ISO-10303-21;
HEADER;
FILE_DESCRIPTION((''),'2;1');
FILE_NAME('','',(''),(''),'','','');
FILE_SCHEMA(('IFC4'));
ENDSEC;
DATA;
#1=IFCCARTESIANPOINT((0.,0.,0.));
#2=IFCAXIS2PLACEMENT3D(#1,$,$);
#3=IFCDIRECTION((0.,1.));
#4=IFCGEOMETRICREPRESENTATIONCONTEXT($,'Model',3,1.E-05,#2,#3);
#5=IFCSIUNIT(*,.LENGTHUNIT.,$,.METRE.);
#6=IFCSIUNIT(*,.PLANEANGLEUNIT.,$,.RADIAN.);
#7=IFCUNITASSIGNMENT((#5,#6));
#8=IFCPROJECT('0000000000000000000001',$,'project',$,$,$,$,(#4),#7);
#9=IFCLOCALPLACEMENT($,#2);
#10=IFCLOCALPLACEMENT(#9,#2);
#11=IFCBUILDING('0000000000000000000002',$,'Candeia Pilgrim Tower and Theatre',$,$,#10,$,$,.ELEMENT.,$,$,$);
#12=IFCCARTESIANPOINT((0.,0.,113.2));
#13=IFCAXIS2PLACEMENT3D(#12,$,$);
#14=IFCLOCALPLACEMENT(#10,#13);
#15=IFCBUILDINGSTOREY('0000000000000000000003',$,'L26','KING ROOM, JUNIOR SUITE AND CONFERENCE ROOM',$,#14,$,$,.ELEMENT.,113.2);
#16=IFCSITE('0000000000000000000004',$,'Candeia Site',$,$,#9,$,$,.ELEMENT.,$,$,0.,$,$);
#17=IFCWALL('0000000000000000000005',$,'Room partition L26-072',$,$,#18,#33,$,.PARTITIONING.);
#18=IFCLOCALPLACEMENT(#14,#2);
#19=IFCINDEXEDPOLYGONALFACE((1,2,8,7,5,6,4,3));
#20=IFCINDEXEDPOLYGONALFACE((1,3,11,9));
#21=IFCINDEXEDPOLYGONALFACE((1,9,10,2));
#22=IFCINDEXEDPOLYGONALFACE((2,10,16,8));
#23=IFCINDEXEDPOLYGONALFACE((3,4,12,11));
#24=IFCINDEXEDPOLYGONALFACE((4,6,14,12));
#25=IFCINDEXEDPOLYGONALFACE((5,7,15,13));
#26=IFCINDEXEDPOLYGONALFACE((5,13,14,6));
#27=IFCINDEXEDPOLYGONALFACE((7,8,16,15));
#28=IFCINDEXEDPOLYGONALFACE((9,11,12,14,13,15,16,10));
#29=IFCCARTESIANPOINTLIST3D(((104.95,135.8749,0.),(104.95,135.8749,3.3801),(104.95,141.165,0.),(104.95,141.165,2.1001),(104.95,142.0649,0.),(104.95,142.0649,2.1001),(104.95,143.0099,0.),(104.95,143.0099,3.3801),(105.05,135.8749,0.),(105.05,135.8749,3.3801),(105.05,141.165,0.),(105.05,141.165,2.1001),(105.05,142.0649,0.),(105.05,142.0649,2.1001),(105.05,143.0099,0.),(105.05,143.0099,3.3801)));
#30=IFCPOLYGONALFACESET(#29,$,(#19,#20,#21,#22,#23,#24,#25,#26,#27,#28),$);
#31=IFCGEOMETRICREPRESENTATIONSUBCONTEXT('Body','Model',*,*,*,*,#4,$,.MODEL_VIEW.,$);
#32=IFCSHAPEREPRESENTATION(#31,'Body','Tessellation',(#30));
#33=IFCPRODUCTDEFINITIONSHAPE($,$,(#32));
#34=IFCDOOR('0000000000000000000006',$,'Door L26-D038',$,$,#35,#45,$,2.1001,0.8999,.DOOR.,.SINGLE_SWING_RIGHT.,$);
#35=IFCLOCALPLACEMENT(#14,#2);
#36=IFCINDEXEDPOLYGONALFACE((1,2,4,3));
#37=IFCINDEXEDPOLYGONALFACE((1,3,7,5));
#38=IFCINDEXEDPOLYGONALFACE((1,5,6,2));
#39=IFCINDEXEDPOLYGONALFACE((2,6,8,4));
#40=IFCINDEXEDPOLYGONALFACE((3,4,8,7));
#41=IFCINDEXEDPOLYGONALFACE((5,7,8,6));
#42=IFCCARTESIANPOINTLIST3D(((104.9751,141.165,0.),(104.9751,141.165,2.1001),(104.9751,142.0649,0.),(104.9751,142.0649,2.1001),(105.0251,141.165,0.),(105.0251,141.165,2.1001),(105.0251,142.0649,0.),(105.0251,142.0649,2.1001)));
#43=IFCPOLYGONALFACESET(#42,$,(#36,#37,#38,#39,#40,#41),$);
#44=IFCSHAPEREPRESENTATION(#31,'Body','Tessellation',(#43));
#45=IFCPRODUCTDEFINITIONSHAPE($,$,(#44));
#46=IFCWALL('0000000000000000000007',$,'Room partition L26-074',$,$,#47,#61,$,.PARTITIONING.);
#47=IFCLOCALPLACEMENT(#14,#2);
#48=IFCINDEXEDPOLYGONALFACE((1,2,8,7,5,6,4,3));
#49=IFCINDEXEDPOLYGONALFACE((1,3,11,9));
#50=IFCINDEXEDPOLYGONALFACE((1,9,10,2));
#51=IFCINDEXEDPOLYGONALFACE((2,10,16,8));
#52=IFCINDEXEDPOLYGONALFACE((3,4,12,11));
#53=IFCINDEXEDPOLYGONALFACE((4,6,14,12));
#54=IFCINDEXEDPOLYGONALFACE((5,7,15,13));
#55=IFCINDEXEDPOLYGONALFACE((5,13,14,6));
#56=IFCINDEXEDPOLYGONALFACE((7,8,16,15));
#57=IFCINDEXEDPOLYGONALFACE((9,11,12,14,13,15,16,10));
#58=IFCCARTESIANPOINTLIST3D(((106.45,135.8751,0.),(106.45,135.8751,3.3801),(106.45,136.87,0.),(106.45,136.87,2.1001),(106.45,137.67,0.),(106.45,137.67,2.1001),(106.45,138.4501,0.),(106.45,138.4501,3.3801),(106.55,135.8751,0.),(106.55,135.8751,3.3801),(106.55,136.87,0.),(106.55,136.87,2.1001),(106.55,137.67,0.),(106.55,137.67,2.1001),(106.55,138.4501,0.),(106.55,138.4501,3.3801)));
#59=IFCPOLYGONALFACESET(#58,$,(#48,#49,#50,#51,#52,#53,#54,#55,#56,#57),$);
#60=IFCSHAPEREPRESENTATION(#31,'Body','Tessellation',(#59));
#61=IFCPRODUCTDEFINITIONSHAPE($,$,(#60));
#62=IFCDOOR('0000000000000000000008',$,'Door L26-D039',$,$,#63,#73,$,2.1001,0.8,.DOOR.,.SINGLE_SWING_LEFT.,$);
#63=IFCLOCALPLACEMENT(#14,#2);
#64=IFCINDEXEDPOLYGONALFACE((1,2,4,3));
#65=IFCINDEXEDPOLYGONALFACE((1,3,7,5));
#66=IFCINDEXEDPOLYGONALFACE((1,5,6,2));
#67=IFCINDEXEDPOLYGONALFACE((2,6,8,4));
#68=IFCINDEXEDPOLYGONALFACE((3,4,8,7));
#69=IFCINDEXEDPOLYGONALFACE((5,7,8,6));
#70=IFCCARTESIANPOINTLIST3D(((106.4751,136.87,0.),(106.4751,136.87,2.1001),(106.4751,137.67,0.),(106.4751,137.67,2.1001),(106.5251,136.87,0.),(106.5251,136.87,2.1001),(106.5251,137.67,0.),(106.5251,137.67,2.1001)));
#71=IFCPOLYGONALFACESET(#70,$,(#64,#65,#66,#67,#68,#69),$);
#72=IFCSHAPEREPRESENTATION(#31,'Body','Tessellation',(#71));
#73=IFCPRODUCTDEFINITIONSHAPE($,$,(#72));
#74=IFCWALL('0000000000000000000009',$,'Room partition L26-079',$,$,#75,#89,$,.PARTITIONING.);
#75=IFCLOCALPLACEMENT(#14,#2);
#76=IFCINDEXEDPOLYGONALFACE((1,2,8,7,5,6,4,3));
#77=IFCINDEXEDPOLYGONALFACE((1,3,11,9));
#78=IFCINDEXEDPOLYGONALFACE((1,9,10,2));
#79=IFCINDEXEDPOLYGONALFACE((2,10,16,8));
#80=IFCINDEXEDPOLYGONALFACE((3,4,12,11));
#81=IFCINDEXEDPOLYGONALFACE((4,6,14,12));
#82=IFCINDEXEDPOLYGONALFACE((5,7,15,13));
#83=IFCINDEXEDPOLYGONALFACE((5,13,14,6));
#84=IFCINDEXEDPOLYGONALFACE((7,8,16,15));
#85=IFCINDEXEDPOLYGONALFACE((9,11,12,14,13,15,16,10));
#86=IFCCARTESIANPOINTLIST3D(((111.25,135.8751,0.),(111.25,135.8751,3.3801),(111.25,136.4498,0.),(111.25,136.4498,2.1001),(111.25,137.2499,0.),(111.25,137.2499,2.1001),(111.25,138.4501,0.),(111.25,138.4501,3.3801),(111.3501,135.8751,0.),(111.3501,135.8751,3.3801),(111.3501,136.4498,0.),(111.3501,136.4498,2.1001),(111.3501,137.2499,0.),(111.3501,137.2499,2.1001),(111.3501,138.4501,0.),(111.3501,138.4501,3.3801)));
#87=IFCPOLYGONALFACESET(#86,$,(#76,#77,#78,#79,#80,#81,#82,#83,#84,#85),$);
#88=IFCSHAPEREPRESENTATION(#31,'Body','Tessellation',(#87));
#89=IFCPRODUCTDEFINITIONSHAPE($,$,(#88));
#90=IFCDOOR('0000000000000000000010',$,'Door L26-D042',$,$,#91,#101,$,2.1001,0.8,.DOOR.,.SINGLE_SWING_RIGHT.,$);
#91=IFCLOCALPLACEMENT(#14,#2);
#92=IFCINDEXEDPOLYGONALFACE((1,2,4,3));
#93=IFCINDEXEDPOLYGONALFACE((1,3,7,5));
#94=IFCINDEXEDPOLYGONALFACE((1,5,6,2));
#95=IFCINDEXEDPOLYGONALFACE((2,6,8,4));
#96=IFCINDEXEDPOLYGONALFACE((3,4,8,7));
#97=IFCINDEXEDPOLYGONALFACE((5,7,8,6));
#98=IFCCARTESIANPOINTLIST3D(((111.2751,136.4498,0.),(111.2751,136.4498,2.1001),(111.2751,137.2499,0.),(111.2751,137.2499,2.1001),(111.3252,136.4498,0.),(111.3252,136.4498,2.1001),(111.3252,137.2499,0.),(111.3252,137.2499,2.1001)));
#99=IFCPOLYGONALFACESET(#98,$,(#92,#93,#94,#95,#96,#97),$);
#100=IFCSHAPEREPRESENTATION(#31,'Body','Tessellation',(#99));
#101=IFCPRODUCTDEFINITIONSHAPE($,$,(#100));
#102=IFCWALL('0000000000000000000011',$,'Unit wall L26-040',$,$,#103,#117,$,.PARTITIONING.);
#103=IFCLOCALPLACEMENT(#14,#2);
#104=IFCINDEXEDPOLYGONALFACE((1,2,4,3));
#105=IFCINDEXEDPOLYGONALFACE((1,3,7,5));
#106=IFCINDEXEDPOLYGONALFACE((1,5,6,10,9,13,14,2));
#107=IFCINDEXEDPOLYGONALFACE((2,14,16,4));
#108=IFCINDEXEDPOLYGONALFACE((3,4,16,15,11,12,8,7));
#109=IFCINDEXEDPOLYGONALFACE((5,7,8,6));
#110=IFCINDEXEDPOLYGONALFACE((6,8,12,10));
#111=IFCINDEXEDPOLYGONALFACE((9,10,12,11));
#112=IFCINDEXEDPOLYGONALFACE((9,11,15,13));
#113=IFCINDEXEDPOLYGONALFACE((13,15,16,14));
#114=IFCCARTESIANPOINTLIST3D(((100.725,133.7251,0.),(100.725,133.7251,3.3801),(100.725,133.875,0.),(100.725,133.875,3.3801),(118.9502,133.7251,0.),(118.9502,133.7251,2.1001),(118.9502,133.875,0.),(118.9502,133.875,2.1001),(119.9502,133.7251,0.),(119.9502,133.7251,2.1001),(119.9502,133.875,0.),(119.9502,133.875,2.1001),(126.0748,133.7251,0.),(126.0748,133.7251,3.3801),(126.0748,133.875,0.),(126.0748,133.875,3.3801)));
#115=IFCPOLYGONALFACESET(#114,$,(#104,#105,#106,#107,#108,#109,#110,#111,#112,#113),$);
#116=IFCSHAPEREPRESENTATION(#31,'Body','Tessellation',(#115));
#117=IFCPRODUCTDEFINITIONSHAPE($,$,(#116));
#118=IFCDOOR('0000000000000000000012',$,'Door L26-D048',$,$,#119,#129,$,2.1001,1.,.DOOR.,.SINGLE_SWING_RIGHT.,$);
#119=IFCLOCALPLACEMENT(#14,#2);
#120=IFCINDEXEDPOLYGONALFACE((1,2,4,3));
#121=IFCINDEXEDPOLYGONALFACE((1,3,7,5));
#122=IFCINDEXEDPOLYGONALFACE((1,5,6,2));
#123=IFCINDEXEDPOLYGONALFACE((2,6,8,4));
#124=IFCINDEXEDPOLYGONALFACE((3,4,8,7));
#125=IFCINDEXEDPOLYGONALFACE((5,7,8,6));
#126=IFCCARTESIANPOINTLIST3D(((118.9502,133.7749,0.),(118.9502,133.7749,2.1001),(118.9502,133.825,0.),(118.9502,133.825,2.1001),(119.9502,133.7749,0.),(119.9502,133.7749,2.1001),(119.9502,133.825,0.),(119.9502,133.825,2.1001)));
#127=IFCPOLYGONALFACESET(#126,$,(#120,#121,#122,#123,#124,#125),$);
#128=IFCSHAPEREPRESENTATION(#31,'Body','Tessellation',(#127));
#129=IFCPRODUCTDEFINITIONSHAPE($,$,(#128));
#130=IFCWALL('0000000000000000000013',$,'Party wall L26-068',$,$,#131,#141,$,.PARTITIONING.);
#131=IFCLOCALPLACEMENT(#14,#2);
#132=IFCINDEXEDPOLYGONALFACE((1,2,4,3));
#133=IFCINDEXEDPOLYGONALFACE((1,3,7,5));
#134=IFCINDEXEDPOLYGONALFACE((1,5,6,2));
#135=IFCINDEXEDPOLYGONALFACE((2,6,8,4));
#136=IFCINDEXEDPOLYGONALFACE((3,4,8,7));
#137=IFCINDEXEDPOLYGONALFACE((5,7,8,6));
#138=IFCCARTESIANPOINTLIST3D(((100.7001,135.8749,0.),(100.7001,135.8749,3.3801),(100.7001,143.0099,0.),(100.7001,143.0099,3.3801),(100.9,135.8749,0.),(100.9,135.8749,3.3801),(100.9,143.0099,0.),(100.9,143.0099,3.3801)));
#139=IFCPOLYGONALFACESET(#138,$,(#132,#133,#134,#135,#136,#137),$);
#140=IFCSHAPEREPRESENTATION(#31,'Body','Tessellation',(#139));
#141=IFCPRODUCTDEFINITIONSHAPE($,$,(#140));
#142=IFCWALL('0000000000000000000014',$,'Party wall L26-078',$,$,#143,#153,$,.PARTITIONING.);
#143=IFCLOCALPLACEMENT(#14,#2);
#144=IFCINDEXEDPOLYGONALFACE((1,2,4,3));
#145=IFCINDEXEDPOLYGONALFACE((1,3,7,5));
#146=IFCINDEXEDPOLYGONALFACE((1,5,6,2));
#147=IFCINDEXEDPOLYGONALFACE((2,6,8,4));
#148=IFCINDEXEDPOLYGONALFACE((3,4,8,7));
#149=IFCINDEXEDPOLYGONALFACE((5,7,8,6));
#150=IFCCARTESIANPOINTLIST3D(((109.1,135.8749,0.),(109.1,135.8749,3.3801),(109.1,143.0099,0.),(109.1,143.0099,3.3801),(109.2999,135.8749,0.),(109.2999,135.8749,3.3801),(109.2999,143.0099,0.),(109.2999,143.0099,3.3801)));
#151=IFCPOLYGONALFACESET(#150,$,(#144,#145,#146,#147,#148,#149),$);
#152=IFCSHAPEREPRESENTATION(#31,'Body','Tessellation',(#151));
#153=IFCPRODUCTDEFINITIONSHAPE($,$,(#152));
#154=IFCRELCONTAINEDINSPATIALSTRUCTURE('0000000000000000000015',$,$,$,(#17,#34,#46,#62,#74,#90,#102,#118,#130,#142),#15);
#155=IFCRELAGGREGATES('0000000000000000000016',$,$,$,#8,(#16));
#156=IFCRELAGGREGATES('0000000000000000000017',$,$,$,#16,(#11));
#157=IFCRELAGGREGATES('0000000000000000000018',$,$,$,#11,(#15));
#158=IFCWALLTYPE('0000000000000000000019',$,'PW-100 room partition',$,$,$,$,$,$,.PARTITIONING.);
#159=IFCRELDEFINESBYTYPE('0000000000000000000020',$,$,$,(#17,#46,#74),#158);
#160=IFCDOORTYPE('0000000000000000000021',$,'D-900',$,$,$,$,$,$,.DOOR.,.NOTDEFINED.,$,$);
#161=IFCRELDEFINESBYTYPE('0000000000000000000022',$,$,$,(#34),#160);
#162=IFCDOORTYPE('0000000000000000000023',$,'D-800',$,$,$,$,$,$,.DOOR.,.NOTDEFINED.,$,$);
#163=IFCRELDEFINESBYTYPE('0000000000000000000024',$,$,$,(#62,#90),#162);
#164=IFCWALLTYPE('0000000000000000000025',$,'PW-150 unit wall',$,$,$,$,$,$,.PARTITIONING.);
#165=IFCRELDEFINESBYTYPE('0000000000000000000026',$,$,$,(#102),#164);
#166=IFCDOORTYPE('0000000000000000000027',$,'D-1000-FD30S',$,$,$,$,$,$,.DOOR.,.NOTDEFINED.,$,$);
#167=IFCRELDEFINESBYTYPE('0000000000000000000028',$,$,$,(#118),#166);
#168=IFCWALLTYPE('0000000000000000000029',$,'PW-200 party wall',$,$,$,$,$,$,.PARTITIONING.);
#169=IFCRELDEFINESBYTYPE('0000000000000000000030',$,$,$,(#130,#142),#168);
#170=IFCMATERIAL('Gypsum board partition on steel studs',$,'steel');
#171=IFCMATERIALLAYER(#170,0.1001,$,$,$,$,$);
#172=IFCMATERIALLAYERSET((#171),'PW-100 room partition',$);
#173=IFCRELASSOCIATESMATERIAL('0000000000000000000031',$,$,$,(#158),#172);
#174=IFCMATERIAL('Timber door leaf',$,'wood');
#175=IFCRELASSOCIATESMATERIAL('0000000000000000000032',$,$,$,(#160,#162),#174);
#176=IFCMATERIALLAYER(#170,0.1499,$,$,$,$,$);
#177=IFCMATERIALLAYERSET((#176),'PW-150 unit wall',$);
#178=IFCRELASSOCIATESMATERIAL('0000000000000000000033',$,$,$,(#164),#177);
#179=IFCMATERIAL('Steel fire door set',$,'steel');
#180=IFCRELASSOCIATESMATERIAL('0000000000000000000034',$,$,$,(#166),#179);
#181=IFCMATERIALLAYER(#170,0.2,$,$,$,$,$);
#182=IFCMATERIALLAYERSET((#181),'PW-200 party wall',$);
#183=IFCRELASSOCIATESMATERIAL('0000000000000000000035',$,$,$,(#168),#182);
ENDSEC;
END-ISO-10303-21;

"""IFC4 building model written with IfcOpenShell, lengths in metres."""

from ifc_helpers import new_model, si_unit, direction, frame, frame_2d, origin, place, context, subcontext, project, spatial, rectangle, extrude, material, layer, layer_set, type_object, element, fill, save


model = new_model("IFC4")

# Units and contexts
model_context = context("Model", 3, precision=1e-05, world=origin(), true_north=direction((0.0, 1.0)))
body_context = subcontext(model_context, "Body", "Model", "MODEL_VIEW")
ifc_project = project(units=[si_unit("LENGTHUNIT", "METRE"), si_unit("PLANEANGLEUNIT", "RADIAN")], contexts=[model_context])

# Site, building, storey
site_placement = place(None, origin())
site = spatial("IfcSite", under=ifc_project, at=site_placement, Name="Candeia Site", CompositionType="ELEMENT", RefElevation=0.0)
building_placement = place(site_placement, origin())
building = spatial("IfcBuilding", under=site, at=building_placement, Name="Candeia Pilgrim Tower and Theatre", CompositionType="ELEMENT")
storey_placement = place(building_placement, frame((0.0, 0.0, 113.2)))
storey = spatial("IfcBuildingStorey", under=building, at=storey_placement, Name="L26", Description="KING ROOM, JUNIOR SUITE AND CONFERENCE ROOM", CompositionType="ELEMENT", Elevation=113.2)

# Shared definitions
ifc_material_1 = material(Name="Gypsum board partition on steel studs", Category="steel")
ifc_layer_1 = layer(ifc_material_1, 0.1001)
ifc_layer_set_1 = layer_set([ifc_layer_1], Name="PW-100 room partition")
wall_type_1 = type_object("IfcWallType", Name="PW-100 room partition", PredefinedType="PARTITIONING", material=ifc_layer_set_1)

# Walls, openings, doors
wall_1_placement = place(storey_placement, frame((105.0, 135.875, 0.0), z_axis=(0.0, 0.0, 1.0), x_axis=(0.0, 1.0, 0.0)))
wall_1 = element("IfcWall", 1, at=wall_1_placement, inside=storey, type_object=wall_type_1, Name="Room partition L26-072", PredefinedType="PARTITIONING", context=body_context, shape_type="SweptSolid", body=[
    extrude(rectangle(XDim=7.135, YDim=0.1001, at=frame_2d((3.5674, 0.0))), origin(), (0.0, 0.0, 1.0), 3.3801),
])
opening_1_placement = place(wall_1_placement, frame((5.29, 0.0, 0.0)))
opening_1 = element("IfcOpeningElement", 2, at=opening_1_placement, cuts=wall_1, PredefinedType="OPENING", context=body_context, shape_type="SweptSolid", body=[
    extrude(rectangle(XDim=0.8999, YDim=2.1001, at=frame_2d((0.45, 1.05))), frame((0.0, 0.0601, 0.0), z_axis=(0.0, -1.0, 0.0), x_axis=(1.0, 0.0, 0.0)), (0.0, 0.0, 1.0), 0.1201),
])
ifc_material_2 = material(Name="Timber door leaf", Category="wood")
door_type_1 = type_object("IfcDoorType", Name="D-900", OperationType="NOTDEFINED", PredefinedType="DOOR", material=ifc_material_2)
door_1_placement = place(opening_1_placement, origin())
door_1 = element("IfcDoor", 3, at=door_1_placement, inside=storey, type_object=door_type_1, Name="Door L26-D038", OperationType="SINGLE_SWING_RIGHT", OverallHeight=2.1001, OverallWidth=0.8999, PredefinedType="DOOR", context=body_context, shape_type="SweptSolid", body=[
    extrude(rectangle(XDim=0.8999, YDim=2.1001, at=frame_2d((0.45, 1.05))), frame((0.0, 0.0249, 0.0), z_axis=(0.0, -1.0, 0.0), x_axis=(1.0, 0.0, 0.0)), (0.0, 0.0, 1.0), 0.05),
])
fill(opening_1, door_1)
wall_2_placement = place(storey_placement, frame((106.5, 135.875, 0.0), z_axis=(0.0, 0.0, 1.0), x_axis=(0.0, 1.0, 0.0)))
wall_2 = element("IfcWall", 4, at=wall_2_placement, inside=storey, type_object=wall_type_1, Name="Room partition L26-074", PredefinedType="PARTITIONING", context=body_context, shape_type="SweptSolid", body=[
    extrude(rectangle(XDim=2.575, YDim=0.1001, at=frame_2d((1.2876, 0.0))), origin(), (0.0, 0.0, 1.0), 3.3801),
])
opening_2_placement = place(wall_2_placement, frame((0.9951, 0.0, 0.0)))
opening_2 = element("IfcOpeningElement", 5, at=opening_2_placement, cuts=wall_2, PredefinedType="OPENING", context=body_context, shape_type="SweptSolid", body=[
    extrude(rectangle(XDim=0.8, YDim=2.1001, at=frame_2d((0.3999, 1.05))), frame((0.0, 0.0601, 0.0), z_axis=(0.0, -1.0, 0.0), x_axis=(1.0, 0.0, 0.0)), (0.0, 0.0, 1.0), 0.1201),
])
door_type_2 = type_object("IfcDoorType", Name="D-800", OperationType="NOTDEFINED", PredefinedType="DOOR", material=ifc_material_2)
door_2_placement = place(opening_2_placement, origin())
door_2 = element("IfcDoor", 6, at=door_2_placement, inside=storey, type_object=door_type_2, Name="Door L26-D039", OperationType="SINGLE_SWING_LEFT", OverallHeight=2.1001, OverallWidth=0.8, PredefinedType="DOOR", context=body_context, shape_type="SweptSolid", body=[
    extrude(rectangle(XDim=0.8, YDim=2.1001, at=frame_2d((0.3999, 1.05))), frame((0.0, 0.0249, 0.0), z_axis=(0.0, -1.0, 0.0), x_axis=(1.0, 0.0, 0.0)), (0.0, 0.0, 1.0), 0.05),
])
fill(opening_2, door_2)
wall_3_placement = place(storey_placement, frame((111.3, 135.875, 0.0), z_axis=(0.0, 0.0, 1.0), x_axis=(0.0, 1.0, 0.0)))
wall_3 = element("IfcWall", 7, at=wall_3_placement, inside=storey, type_object=wall_type_1, Name="Room partition L26-079", PredefinedType="PARTITIONING", context=body_context, shape_type="SweptSolid", body=[
    extrude(rectangle(XDim=2.575, YDim=0.1001, at=frame_2d((1.2876, 0.0))), origin(), (0.0, 0.0, 1.0), 3.3801),
])
opening_3_placement = place(wall_3_placement, frame((0.575, 0.0, 0.0)))
opening_3 = element("IfcOpeningElement", 8, at=opening_3_placement, cuts=wall_3, PredefinedType="OPENING", context=body_context, shape_type="SweptSolid", body=[
    extrude(rectangle(XDim=0.8, YDim=2.1001, at=frame_2d((0.3999, 1.05))), frame((0.0, 0.0601, 0.0), z_axis=(0.0, -1.0, 0.0), x_axis=(1.0, 0.0, 0.0)), (0.0, 0.0, 1.0), 0.1201),
])
door_3_placement = place(opening_3_placement, origin())
door_3 = element("IfcDoor", 9, at=door_3_placement, inside=storey, type_object=door_type_2, Name="Door L26-D042", OperationType="SINGLE_SWING_RIGHT", OverallHeight=2.1001, OverallWidth=0.8, PredefinedType="DOOR", context=body_context, shape_type="SweptSolid", body=[
    extrude(rectangle(XDim=0.8, YDim=2.1001, at=frame_2d((0.3999, 1.05))), frame((0.0, 0.0249, 0.0), z_axis=(0.0, -1.0, 0.0), x_axis=(1.0, 0.0, 0.0)), (0.0, 0.0, 1.0), 0.05),
])
fill(opening_3, door_3)
ifc_layer_2 = layer(ifc_material_1, 0.1499)
ifc_layer_set_2 = layer_set([ifc_layer_2], Name="PW-150 unit wall")
wall_type_2 = type_object("IfcWallType", Name="PW-150 unit wall", PredefinedType="PARTITIONING", material=ifc_layer_set_2)
wall_4_placement = place(storey_placement, frame((100.7251, 133.8, 0.0), z_axis=(0.0, 0.0, 1.0), x_axis=(1.0, 0.0, 0.0)))
wall_4 = element("IfcWall", 10, at=wall_4_placement, inside=storey, type_object=wall_type_2, Name="Unit wall L26-040", PredefinedType="PARTITIONING", context=body_context, shape_type="SweptSolid", body=[
    extrude(rectangle(XDim=25.3499, YDim=0.1499, at=frame_2d((12.6748, 0.0))), origin(), (0.0, 0.0, 1.0), 3.3801),
])
opening_4_placement = place(wall_4_placement, frame((18.2251, 0.0, 0.0)))
opening_4 = element("IfcOpeningElement", 11, at=opening_4_placement, cuts=wall_4, PredefinedType="OPENING", context=body_context, shape_type="SweptSolid", body=[
    extrude(rectangle(XDim=1.0, YDim=2.1001, at=frame_2d((0.5, 1.05))), frame((0.0, 0.085, 0.0), z_axis=(0.0, -1.0, 0.0), x_axis=(1.0, 0.0, 0.0)), (0.0, 0.0, 1.0), 0.1699),
])
ifc_material_3 = material(Name="Steel fire door set", Category="steel")
door_type_3 = type_object("IfcDoorType", Name="D-1000-FD30S", OperationType="NOTDEFINED", PredefinedType="DOOR", material=ifc_material_3)
door_4_placement = place(opening_4_placement, origin())
door_4 = element("IfcDoor", 12, at=door_4_placement, inside=storey, type_object=door_type_3, Name="Door L26-D048", OperationType="SINGLE_SWING_RIGHT", OverallHeight=2.1001, OverallWidth=1.0, PredefinedType="DOOR", context=body_context, shape_type="SweptSolid", body=[
    extrude(rectangle(XDim=1.0, YDim=2.1001, at=frame_2d((0.5, 1.05))), frame((0.0, 0.0249, 0.0), z_axis=(0.0, -1.0, 0.0), x_axis=(1.0, 0.0, 0.0)), (0.0, 0.0, 1.0), 0.05),
])
fill(opening_4, door_4)

# Walls
ifc_layer_3 = layer(ifc_material_1, 0.2)
ifc_layer_set_3 = layer_set([ifc_layer_3], Name="PW-200 party wall")
wall_type_3 = type_object("IfcWallType", Name="PW-200 party wall", PredefinedType="PARTITIONING", material=ifc_layer_set_3)
for number, where, z_axis, x_axis, name in (
    (13, (100.8, 135.875, 0.0), (0.0, 0.0, 1.0), (0.0, 1.0, 0.0), "Party wall L26-068"),
    (14, (109.2, 135.875, 0.0), (0.0, 0.0, 1.0), (0.0, 1.0, 0.0), "Party wall L26-078"),
):
    element("IfcWall", number, at=place(storey_placement, frame(where, z_axis=z_axis, x_axis=x_axis)), inside=storey, type_object=wall_type_3, Name=name, PredefinedType="PARTITIONING", context=body_context, shape_type="SweptSolid", body=[
        extrude(rectangle(XDim=7.135, YDim=0.2, at=frame_2d((3.5674, 0.0))), origin(), (0.0, 0.0, 1.0), 3.3801),
    ])

save(model, "model.ifc")
